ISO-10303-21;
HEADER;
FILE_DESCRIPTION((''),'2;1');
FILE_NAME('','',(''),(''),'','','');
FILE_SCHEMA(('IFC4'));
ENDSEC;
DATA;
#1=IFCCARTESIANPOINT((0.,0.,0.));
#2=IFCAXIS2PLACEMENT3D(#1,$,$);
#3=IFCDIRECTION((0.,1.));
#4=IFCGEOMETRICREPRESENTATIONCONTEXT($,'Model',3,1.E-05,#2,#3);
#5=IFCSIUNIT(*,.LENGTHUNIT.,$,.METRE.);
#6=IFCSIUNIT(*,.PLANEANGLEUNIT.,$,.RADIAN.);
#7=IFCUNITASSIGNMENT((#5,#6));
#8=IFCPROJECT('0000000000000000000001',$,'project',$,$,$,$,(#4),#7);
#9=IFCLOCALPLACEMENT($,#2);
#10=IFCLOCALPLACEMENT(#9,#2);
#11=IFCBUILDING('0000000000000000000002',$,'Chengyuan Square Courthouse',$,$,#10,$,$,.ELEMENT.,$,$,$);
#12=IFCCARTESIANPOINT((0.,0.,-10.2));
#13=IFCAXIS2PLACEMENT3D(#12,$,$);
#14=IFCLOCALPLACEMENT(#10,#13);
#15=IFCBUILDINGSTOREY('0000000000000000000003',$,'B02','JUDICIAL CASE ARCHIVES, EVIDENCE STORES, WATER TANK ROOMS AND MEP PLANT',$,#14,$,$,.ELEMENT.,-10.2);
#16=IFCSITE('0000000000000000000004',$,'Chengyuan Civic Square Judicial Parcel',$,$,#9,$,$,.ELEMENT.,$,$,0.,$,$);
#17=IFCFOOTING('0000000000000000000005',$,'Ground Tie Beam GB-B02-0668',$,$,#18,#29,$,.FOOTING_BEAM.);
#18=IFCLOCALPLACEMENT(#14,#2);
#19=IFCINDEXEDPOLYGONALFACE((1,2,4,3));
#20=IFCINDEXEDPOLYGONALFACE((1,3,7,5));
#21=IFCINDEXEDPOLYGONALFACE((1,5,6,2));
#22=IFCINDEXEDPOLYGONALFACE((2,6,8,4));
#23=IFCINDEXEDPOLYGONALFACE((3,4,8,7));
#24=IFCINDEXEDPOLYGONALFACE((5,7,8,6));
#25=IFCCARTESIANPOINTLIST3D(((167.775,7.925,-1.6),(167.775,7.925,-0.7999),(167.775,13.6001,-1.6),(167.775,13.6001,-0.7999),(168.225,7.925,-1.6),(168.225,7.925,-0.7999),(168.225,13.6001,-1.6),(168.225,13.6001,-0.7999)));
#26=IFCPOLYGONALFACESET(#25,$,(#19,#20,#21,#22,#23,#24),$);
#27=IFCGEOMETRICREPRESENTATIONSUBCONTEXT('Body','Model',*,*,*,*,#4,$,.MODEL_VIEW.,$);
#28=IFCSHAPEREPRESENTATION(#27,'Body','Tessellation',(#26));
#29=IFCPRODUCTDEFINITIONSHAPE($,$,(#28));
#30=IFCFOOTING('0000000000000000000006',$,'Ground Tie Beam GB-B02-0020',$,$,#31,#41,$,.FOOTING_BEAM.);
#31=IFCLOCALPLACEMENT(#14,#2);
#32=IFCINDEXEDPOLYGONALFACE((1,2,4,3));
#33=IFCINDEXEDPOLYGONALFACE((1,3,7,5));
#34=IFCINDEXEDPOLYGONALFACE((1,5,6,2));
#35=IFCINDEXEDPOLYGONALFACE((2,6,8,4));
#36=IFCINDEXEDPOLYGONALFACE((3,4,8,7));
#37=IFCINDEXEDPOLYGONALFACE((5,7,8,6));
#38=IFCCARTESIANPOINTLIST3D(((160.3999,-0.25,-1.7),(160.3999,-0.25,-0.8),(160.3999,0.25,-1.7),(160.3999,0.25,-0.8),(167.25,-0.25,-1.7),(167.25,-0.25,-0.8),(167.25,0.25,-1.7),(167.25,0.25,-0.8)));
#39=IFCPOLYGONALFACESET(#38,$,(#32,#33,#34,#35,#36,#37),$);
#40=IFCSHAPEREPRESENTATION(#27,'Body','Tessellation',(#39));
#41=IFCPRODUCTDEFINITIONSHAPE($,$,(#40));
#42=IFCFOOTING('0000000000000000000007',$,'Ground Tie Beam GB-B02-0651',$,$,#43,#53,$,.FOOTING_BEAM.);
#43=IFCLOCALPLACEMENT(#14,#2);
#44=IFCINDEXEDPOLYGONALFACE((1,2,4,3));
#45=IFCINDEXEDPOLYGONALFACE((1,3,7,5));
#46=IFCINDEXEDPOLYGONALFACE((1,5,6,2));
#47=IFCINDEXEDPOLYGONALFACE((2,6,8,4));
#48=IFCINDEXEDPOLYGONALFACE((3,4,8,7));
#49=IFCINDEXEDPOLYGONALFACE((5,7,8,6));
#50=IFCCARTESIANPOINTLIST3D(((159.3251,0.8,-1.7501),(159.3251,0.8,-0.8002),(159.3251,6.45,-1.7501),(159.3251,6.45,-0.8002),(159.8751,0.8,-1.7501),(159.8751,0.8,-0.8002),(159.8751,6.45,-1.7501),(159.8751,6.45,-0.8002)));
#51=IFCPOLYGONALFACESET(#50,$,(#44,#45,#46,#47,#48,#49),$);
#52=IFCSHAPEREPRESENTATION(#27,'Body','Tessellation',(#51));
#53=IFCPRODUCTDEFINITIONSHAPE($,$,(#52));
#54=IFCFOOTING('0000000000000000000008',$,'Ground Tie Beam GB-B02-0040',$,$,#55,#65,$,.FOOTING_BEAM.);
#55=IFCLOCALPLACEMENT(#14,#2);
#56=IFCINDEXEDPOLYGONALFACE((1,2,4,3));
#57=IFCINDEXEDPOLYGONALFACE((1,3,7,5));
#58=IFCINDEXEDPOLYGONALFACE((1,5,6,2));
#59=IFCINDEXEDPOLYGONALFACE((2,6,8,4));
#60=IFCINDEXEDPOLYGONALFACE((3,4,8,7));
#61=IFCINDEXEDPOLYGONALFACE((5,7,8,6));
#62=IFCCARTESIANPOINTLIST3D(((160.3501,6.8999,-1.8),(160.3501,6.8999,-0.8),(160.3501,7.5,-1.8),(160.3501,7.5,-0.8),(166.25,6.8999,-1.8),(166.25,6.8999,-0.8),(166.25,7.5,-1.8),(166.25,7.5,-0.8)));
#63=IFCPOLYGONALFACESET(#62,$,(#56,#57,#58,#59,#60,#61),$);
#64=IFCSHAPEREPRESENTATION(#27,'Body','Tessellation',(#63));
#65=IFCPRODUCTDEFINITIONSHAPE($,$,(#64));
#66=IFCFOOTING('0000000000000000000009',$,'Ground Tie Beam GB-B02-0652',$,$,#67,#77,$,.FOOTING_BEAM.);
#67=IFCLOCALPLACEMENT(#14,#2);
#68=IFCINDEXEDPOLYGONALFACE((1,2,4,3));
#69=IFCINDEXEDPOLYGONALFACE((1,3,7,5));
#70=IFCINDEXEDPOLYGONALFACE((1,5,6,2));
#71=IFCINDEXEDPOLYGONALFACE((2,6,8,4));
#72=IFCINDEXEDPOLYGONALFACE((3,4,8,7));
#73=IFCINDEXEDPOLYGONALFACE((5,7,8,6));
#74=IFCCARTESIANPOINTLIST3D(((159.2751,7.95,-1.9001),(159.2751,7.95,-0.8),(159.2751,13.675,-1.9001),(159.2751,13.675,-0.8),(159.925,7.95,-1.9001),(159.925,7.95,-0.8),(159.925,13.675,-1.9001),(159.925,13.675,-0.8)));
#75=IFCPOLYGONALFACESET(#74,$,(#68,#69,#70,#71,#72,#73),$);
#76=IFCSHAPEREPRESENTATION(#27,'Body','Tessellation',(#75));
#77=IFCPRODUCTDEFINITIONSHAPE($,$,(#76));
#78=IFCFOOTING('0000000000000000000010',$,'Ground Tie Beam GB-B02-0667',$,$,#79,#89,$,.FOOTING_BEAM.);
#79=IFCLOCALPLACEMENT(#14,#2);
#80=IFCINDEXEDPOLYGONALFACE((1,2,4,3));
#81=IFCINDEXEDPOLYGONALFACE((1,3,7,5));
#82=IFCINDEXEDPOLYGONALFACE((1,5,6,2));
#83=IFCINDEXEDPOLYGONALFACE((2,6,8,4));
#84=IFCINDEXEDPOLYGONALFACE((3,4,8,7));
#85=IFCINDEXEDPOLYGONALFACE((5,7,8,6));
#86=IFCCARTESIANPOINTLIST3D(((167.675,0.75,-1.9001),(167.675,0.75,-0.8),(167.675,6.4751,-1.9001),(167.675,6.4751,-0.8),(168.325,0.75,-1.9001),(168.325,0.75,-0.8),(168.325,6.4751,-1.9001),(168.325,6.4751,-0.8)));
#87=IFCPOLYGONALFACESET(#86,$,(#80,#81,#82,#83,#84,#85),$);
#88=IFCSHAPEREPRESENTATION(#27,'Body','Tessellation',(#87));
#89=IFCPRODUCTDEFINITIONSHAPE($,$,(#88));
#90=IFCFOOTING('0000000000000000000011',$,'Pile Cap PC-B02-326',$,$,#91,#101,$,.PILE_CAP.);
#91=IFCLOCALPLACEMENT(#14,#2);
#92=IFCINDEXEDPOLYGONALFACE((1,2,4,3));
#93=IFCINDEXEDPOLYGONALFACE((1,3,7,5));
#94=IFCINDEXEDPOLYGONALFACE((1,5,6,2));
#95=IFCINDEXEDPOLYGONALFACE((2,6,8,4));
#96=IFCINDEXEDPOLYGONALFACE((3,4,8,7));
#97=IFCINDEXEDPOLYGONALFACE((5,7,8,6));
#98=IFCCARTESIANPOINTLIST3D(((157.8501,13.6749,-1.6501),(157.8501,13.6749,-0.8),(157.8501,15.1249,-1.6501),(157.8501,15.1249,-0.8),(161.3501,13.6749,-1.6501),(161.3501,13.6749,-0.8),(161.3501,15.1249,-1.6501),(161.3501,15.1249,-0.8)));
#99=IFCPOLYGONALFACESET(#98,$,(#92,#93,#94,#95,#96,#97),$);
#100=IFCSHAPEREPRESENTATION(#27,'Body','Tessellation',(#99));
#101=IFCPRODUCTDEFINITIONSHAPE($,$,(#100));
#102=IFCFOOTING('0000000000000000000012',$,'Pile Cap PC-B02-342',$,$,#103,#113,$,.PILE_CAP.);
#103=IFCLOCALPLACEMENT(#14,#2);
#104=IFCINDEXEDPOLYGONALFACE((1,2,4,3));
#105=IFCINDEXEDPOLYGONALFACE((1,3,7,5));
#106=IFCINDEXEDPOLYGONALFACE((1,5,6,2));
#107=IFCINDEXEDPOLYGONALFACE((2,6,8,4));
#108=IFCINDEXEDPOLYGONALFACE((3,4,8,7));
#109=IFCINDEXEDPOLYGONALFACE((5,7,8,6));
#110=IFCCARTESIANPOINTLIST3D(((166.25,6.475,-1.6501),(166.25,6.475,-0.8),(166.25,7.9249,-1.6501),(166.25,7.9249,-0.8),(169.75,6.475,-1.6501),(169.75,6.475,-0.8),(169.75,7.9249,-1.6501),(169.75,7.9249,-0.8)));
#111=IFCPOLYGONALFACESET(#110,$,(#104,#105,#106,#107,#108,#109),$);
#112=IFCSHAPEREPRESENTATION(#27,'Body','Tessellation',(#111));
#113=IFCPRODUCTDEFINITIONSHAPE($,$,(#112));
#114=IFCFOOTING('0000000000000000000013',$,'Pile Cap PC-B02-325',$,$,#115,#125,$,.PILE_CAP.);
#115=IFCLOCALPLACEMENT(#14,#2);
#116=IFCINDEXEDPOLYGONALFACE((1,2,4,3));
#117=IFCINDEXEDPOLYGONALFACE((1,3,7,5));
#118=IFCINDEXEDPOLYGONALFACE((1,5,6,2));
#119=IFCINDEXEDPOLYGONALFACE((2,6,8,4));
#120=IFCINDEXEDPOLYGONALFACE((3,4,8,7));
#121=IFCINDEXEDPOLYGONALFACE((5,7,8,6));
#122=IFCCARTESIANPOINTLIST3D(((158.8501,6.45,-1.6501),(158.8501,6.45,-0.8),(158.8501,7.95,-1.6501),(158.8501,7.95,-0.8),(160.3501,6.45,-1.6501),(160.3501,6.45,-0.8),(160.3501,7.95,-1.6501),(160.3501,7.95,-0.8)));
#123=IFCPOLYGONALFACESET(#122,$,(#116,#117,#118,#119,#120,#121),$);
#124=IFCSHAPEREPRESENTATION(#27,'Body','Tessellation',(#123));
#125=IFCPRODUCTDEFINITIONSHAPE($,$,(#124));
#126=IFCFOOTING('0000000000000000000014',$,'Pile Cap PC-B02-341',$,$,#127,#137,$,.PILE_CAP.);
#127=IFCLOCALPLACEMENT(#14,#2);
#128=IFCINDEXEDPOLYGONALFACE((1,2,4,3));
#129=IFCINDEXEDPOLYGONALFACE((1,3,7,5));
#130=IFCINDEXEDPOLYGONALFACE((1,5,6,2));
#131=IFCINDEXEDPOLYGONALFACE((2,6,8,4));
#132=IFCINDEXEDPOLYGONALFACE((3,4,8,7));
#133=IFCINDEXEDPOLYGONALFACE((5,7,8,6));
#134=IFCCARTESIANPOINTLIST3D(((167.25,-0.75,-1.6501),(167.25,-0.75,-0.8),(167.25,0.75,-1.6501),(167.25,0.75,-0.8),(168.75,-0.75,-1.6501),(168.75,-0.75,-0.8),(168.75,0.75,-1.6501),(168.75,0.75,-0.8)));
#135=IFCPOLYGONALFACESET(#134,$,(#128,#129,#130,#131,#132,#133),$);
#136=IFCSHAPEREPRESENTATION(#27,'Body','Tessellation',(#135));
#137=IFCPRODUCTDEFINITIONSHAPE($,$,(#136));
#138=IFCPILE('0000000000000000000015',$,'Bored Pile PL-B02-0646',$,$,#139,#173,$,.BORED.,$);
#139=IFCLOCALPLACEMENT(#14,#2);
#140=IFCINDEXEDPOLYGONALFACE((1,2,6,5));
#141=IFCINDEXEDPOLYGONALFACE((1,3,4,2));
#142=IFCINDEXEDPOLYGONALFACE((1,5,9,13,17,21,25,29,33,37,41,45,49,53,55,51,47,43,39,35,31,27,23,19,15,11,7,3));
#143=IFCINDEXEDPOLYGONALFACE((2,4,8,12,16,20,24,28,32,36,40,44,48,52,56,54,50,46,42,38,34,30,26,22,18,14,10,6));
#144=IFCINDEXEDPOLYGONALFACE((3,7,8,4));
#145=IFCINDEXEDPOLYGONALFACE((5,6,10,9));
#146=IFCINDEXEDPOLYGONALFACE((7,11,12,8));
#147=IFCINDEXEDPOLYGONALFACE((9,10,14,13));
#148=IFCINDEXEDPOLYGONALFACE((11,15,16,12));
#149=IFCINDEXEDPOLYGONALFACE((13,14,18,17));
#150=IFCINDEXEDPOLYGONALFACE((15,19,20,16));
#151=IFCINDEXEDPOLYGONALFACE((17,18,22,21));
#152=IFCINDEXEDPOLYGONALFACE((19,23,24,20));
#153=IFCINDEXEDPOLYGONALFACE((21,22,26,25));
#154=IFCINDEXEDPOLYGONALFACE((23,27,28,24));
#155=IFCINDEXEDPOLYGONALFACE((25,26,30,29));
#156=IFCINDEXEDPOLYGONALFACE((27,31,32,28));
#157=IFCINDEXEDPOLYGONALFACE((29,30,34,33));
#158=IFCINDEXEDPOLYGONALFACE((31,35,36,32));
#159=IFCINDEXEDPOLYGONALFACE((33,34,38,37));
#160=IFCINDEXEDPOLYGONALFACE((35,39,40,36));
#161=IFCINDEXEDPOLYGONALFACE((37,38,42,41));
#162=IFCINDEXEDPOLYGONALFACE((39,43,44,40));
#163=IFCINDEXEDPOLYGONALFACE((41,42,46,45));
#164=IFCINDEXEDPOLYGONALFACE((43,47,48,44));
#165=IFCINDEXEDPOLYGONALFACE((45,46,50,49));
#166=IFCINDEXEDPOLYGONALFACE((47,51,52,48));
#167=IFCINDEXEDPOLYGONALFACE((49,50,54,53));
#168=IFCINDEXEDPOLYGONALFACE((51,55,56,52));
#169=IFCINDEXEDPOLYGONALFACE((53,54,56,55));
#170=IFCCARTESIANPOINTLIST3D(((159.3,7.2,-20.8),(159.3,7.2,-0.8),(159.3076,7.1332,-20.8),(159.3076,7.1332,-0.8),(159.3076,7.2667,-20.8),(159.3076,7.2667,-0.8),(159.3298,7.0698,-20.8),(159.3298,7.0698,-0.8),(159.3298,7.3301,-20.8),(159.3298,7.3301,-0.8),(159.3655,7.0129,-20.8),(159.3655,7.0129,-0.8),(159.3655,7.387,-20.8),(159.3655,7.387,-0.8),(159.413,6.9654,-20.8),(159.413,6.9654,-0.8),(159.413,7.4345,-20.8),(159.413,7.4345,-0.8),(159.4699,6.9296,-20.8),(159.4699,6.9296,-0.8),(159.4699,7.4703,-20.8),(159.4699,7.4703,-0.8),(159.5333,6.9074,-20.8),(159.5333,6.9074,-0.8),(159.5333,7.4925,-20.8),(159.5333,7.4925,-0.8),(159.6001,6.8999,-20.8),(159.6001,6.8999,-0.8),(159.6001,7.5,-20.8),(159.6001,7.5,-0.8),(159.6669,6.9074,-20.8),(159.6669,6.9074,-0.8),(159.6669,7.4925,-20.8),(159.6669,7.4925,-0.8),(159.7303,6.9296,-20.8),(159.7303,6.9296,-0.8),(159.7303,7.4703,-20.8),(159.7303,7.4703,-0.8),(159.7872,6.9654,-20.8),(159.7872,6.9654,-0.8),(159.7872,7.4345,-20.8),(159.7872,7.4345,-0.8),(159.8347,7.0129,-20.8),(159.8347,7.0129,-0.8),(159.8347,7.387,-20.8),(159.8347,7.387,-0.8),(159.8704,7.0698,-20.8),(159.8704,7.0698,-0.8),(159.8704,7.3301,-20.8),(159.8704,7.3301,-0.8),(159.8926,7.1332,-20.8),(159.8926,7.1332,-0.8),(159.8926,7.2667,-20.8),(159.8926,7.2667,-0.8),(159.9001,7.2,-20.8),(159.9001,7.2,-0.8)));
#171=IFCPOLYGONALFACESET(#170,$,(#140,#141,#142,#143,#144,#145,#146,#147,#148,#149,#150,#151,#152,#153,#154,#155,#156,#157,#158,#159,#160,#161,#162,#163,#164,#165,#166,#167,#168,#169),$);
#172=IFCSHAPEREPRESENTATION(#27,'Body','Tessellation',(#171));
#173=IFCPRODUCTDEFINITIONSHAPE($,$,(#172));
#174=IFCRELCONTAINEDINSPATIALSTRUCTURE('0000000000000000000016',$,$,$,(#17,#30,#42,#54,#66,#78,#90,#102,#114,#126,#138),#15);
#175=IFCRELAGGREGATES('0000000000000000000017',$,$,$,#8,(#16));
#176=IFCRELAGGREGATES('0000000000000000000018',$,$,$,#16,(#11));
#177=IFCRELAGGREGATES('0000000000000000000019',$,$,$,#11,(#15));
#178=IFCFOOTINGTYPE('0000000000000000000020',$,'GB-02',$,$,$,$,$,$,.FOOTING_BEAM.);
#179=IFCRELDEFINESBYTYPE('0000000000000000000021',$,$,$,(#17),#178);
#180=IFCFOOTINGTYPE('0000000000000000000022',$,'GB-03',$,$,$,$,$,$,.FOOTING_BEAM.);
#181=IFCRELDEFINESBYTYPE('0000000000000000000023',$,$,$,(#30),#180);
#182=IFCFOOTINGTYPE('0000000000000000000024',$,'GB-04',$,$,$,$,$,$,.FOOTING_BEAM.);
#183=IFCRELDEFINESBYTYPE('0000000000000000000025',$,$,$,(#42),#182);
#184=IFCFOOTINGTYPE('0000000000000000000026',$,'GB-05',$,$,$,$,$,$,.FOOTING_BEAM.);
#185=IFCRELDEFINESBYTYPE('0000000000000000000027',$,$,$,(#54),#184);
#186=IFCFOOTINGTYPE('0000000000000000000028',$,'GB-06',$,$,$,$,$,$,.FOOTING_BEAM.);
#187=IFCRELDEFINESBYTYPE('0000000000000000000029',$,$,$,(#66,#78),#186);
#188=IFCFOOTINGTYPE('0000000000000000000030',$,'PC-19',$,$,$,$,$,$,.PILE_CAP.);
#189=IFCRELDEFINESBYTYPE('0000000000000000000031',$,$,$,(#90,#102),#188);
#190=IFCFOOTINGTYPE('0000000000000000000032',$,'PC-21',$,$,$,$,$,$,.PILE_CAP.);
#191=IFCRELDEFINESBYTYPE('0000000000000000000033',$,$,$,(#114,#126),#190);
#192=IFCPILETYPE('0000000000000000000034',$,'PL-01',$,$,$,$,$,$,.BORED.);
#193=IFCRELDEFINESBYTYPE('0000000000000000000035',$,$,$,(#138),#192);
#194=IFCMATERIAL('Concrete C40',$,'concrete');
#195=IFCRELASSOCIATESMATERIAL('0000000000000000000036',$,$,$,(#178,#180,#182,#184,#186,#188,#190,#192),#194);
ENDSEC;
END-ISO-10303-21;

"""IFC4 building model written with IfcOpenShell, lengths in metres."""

from ifc_helpers import new_model, si_unit, direction, frame, origin, origin_2d, place, context, subcontext, project, spatial, rectangle, circle, extrude, material, material_profile, profile_set, type_object, element, save


model = new_model("IFC4")

# Units and contexts
model_context = context("Model", 3, precision=1e-05, world=origin(), true_north=direction((0.0, 1.0)))
body_context = subcontext(model_context, "Body", "Model", "MODEL_VIEW")
ifc_project = project(units=[si_unit("LENGTHUNIT", "METRE"), si_unit("PLANEANGLEUNIT", "RADIAN")], contexts=[model_context])

# Site, building, storey
site_placement = place(None, origin())
site = spatial("IfcSite", under=ifc_project, at=site_placement, Name="Chengyuan Civic Square Judicial Parcel", CompositionType="ELEMENT", RefElevation=0.0)
building_placement = place(site_placement, origin())
building = spatial("IfcBuilding", under=site, at=building_placement, Name="Chengyuan Square Courthouse", CompositionType="ELEMENT")
storey_placement = place(building_placement, frame((0.0, 0.0, -10.2)))
storey = spatial("IfcBuildingStorey", under=building, at=storey_placement, Name="B02", Description="JUDICIAL CASE ARCHIVES, EVIDENCE STORES, WATER TANK ROOMS AND MEP PLANT", CompositionType="ELEMENT", Elevation=-10.2)

# Footings
ifc_material_1 = material(Name="Concrete C40", Category="concrete")
ifc_material_profile_1 = material_profile(ifc_material_1, rectangle(XDim=0.45, YDim=0.8, at=origin_2d()), Name="GB-450x800")
ifc_profile_set_1 = profile_set([ifc_material_profile_1], Name="Concrete C40")
footing_type_1 = type_object("IfcFootingType", Name="GB-02", PredefinedType="FOOTING_BEAM", material=ifc_profile_set_1)
footing_1_placement = place(storey_placement, frame((168.0, 7.925, -1.2), z_axis=(0.0, 1.0, 0.0), x_axis=(-1.0, 0.0, 0.0)))
element("IfcFooting", 1, at=footing_1_placement, inside=storey, type_object=footing_type_1, Name="Ground Tie Beam GB-B02-0668", PredefinedType="FOOTING_BEAM", context=body_context, shape_type="SweptSolid", body=[
    extrude(rectangle(XDim=0.45, YDim=0.8, at=origin_2d()), origin(), (0.0, 0.0, 1.0), 5.675),
])
ifc_material_profile_2 = material_profile(ifc_material_1, rectangle(XDim=0.5, YDim=0.8999, at=origin_2d()), Name="GB-500x900")
ifc_profile_set_2 = profile_set([ifc_material_profile_2], Name="Concrete C40")
footing_type_2 = type_object("IfcFootingType", Name="GB-03", PredefinedType="FOOTING_BEAM", material=ifc_profile_set_2)
footing_2_placement = place(storey_placement, frame((160.3999, 0.0, -1.25), z_axis=(1.0, 0.0, 0.0), x_axis=(0.0, 1.0, 0.0)))
element("IfcFooting", 2, at=footing_2_placement, inside=storey, type_object=footing_type_2, Name="Ground Tie Beam GB-B02-0020", PredefinedType="FOOTING_BEAM", context=body_context, shape_type="SweptSolid", body=[
    extrude(rectangle(XDim=0.5, YDim=0.8999, at=origin_2d()), origin(), (0.0, 0.0, 1.0), 6.8501),
])
ifc_material_profile_3 = material_profile(ifc_material_1, rectangle(XDim=0.55, YDim=0.95, at=origin_2d()), Name="GB-550x950")
ifc_profile_set_3 = profile_set([ifc_material_profile_3], Name="Concrete C40")
footing_type_3 = type_object("IfcFootingType", Name="GB-04", PredefinedType="FOOTING_BEAM", material=ifc_profile_set_3)
footing_3_placement = place(storey_placement, frame((159.6001, 0.8, -1.2751), z_axis=(0.0, 1.0, 0.0), x_axis=(-1.0, 0.0, 0.0)))
element("IfcFooting", 3, at=footing_3_placement, inside=storey, type_object=footing_type_3, Name="Ground Tie Beam GB-B02-0651", PredefinedType="FOOTING_BEAM", context=body_context, shape_type="SweptSolid", body=[
    extrude(rectangle(XDim=0.55, YDim=0.95, at=origin_2d()), origin(), (0.0, 0.0, 1.0), 5.6499),
])
ifc_material_profile_4 = material_profile(ifc_material_1, rectangle(XDim=0.6001, YDim=1.0, at=origin_2d()), Name="GB-600x1000")
ifc_profile_set_4 = profile_set([ifc_material_profile_4], Name="Concrete C40")
footing_type_4 = type_object("IfcFootingType", Name="GB-05", PredefinedType="FOOTING_BEAM", material=ifc_profile_set_4)
footing_4_placement = place(storey_placement, frame((160.3501, 7.2, -1.3), z_axis=(1.0, 0.0, 0.0), x_axis=(0.0, 1.0, 0.0)))
element("IfcFooting", 4, at=footing_4_placement, inside=storey, type_object=footing_type_4, Name="Ground Tie Beam GB-B02-0040", PredefinedType="FOOTING_BEAM", context=body_context, shape_type="SweptSolid", body=[
    extrude(rectangle(XDim=0.6001, YDim=1.0, at=origin_2d()), origin(), (0.0, 0.0, 1.0), 5.8999),
])
ifc_material_profile_5 = material_profile(ifc_material_1, rectangle(XDim=0.6499, YDim=1.1001, at=origin_2d()), Name="GB-650x1100")
ifc_profile_set_5 = profile_set([ifc_material_profile_5], Name="Concrete C40")
footing_type_5 = type_object("IfcFootingType", Name="GB-06", PredefinedType="FOOTING_BEAM", material=ifc_profile_set_5)
for number, where, z_axis, x_axis, name in (
    (5, (159.6001, 7.95, -1.3501), (0.0, 1.0, 0.0), (-1.0, 0.0, 0.0), "Ground Tie Beam GB-B02-0652"),
    (6, (168.0, 0.75, -1.3501), (0.0, 1.0, 0.0), (-1.0, 0.0, 0.0), "Ground Tie Beam GB-B02-0667"),
):
    element("IfcFooting", number, at=place(storey_placement, frame(where, z_axis=z_axis, x_axis=x_axis)), inside=storey, type_object=footing_type_5, Name=name, PredefinedType="FOOTING_BEAM", context=body_context, shape_type="SweptSolid", body=[
        extrude(rectangle(XDim=0.6499, YDim=1.1001, at=origin_2d()), origin(), (0.0, 0.0, 1.0), 5.7251),
    ])
footing_type_6 = type_object("IfcFootingType", Name="PC-19", PredefinedType="PILE_CAP", material=ifc_material_1)
for number, where, z_axis, x_axis, name in (
    (7, (159.6001, 14.3999, -1.6501), (0.0, 0.0, 1.0), (1.0, 0.0, 0.0), "Pile Cap PC-B02-326"),
    (8, (168.0, 7.2, -1.6501), (0.0, 0.0, 1.0), (1.0, 0.0, 0.0), "Pile Cap PC-B02-342"),
):
    element("IfcFooting", number, at=place(storey_placement, frame(where, z_axis=z_axis, x_axis=x_axis)), inside=storey, type_object=footing_type_6, Name=name, PredefinedType="PILE_CAP", context=body_context, shape_type="SweptSolid", body=[
        extrude(rectangle(XDim=3.5, YDim=1.45, at=origin_2d()), origin(), (0.0, 0.0, 1.0), 0.8501),
    ])
footing_type_7 = type_object("IfcFootingType", Name="PC-21", PredefinedType="PILE_CAP", material=ifc_material_1)
for number, where, z_axis, x_axis, name in (
    (9, (159.6001, 7.2, -1.6501), (0.0, 0.0, 1.0), (1.0, 0.0, 0.0), "Pile Cap PC-B02-325"),
    (10, (168.0, 0.0, -1.6501), (0.0, 0.0, 1.0), (1.0, 0.0, 0.0), "Pile Cap PC-B02-341"),
):
    element("IfcFooting", number, at=place(storey_placement, frame(where, z_axis=z_axis, x_axis=x_axis)), inside=storey, type_object=footing_type_7, Name=name, PredefinedType="PILE_CAP", context=body_context, shape_type="SweptSolid", body=[
        extrude(rectangle(XDim=1.5, YDim=1.5, at=origin_2d()), origin(), (0.0, 0.0, 1.0), 0.8501),
    ])

# Pile
ifc_material_profile_6 = material_profile(ifc_material_1, circle(Radius=0.3, at=origin_2d()), Name="BORED PILE D600")
ifc_profile_set_6 = profile_set([ifc_material_profile_6], Name="Concrete C40")
pile_type_1 = type_object("IfcPileType", Name="PL-01", PredefinedType="BORED", material=ifc_profile_set_6)
for number, where, z_axis, x_axis, name in (
    (11, (159.6001, 7.2, -0.8), (0.0, 0.0, -1.0), (1.0, 0.0, 0.0), "Bored Pile PL-B02-0646"),
):
    element("IfcPile", number, at=place(storey_placement, frame(where, z_axis=z_axis, x_axis=x_axis)), inside=storey, type_object=pile_type_1, Name=name, PredefinedType="BORED", context=body_context, shape_type="SweptSolid", body=[
        extrude(circle(Radius=0.3, at=origin_2d()), origin(), (0.0, 0.0, 1.0), 20.0),
    ])

save(model, "model.ifc")
